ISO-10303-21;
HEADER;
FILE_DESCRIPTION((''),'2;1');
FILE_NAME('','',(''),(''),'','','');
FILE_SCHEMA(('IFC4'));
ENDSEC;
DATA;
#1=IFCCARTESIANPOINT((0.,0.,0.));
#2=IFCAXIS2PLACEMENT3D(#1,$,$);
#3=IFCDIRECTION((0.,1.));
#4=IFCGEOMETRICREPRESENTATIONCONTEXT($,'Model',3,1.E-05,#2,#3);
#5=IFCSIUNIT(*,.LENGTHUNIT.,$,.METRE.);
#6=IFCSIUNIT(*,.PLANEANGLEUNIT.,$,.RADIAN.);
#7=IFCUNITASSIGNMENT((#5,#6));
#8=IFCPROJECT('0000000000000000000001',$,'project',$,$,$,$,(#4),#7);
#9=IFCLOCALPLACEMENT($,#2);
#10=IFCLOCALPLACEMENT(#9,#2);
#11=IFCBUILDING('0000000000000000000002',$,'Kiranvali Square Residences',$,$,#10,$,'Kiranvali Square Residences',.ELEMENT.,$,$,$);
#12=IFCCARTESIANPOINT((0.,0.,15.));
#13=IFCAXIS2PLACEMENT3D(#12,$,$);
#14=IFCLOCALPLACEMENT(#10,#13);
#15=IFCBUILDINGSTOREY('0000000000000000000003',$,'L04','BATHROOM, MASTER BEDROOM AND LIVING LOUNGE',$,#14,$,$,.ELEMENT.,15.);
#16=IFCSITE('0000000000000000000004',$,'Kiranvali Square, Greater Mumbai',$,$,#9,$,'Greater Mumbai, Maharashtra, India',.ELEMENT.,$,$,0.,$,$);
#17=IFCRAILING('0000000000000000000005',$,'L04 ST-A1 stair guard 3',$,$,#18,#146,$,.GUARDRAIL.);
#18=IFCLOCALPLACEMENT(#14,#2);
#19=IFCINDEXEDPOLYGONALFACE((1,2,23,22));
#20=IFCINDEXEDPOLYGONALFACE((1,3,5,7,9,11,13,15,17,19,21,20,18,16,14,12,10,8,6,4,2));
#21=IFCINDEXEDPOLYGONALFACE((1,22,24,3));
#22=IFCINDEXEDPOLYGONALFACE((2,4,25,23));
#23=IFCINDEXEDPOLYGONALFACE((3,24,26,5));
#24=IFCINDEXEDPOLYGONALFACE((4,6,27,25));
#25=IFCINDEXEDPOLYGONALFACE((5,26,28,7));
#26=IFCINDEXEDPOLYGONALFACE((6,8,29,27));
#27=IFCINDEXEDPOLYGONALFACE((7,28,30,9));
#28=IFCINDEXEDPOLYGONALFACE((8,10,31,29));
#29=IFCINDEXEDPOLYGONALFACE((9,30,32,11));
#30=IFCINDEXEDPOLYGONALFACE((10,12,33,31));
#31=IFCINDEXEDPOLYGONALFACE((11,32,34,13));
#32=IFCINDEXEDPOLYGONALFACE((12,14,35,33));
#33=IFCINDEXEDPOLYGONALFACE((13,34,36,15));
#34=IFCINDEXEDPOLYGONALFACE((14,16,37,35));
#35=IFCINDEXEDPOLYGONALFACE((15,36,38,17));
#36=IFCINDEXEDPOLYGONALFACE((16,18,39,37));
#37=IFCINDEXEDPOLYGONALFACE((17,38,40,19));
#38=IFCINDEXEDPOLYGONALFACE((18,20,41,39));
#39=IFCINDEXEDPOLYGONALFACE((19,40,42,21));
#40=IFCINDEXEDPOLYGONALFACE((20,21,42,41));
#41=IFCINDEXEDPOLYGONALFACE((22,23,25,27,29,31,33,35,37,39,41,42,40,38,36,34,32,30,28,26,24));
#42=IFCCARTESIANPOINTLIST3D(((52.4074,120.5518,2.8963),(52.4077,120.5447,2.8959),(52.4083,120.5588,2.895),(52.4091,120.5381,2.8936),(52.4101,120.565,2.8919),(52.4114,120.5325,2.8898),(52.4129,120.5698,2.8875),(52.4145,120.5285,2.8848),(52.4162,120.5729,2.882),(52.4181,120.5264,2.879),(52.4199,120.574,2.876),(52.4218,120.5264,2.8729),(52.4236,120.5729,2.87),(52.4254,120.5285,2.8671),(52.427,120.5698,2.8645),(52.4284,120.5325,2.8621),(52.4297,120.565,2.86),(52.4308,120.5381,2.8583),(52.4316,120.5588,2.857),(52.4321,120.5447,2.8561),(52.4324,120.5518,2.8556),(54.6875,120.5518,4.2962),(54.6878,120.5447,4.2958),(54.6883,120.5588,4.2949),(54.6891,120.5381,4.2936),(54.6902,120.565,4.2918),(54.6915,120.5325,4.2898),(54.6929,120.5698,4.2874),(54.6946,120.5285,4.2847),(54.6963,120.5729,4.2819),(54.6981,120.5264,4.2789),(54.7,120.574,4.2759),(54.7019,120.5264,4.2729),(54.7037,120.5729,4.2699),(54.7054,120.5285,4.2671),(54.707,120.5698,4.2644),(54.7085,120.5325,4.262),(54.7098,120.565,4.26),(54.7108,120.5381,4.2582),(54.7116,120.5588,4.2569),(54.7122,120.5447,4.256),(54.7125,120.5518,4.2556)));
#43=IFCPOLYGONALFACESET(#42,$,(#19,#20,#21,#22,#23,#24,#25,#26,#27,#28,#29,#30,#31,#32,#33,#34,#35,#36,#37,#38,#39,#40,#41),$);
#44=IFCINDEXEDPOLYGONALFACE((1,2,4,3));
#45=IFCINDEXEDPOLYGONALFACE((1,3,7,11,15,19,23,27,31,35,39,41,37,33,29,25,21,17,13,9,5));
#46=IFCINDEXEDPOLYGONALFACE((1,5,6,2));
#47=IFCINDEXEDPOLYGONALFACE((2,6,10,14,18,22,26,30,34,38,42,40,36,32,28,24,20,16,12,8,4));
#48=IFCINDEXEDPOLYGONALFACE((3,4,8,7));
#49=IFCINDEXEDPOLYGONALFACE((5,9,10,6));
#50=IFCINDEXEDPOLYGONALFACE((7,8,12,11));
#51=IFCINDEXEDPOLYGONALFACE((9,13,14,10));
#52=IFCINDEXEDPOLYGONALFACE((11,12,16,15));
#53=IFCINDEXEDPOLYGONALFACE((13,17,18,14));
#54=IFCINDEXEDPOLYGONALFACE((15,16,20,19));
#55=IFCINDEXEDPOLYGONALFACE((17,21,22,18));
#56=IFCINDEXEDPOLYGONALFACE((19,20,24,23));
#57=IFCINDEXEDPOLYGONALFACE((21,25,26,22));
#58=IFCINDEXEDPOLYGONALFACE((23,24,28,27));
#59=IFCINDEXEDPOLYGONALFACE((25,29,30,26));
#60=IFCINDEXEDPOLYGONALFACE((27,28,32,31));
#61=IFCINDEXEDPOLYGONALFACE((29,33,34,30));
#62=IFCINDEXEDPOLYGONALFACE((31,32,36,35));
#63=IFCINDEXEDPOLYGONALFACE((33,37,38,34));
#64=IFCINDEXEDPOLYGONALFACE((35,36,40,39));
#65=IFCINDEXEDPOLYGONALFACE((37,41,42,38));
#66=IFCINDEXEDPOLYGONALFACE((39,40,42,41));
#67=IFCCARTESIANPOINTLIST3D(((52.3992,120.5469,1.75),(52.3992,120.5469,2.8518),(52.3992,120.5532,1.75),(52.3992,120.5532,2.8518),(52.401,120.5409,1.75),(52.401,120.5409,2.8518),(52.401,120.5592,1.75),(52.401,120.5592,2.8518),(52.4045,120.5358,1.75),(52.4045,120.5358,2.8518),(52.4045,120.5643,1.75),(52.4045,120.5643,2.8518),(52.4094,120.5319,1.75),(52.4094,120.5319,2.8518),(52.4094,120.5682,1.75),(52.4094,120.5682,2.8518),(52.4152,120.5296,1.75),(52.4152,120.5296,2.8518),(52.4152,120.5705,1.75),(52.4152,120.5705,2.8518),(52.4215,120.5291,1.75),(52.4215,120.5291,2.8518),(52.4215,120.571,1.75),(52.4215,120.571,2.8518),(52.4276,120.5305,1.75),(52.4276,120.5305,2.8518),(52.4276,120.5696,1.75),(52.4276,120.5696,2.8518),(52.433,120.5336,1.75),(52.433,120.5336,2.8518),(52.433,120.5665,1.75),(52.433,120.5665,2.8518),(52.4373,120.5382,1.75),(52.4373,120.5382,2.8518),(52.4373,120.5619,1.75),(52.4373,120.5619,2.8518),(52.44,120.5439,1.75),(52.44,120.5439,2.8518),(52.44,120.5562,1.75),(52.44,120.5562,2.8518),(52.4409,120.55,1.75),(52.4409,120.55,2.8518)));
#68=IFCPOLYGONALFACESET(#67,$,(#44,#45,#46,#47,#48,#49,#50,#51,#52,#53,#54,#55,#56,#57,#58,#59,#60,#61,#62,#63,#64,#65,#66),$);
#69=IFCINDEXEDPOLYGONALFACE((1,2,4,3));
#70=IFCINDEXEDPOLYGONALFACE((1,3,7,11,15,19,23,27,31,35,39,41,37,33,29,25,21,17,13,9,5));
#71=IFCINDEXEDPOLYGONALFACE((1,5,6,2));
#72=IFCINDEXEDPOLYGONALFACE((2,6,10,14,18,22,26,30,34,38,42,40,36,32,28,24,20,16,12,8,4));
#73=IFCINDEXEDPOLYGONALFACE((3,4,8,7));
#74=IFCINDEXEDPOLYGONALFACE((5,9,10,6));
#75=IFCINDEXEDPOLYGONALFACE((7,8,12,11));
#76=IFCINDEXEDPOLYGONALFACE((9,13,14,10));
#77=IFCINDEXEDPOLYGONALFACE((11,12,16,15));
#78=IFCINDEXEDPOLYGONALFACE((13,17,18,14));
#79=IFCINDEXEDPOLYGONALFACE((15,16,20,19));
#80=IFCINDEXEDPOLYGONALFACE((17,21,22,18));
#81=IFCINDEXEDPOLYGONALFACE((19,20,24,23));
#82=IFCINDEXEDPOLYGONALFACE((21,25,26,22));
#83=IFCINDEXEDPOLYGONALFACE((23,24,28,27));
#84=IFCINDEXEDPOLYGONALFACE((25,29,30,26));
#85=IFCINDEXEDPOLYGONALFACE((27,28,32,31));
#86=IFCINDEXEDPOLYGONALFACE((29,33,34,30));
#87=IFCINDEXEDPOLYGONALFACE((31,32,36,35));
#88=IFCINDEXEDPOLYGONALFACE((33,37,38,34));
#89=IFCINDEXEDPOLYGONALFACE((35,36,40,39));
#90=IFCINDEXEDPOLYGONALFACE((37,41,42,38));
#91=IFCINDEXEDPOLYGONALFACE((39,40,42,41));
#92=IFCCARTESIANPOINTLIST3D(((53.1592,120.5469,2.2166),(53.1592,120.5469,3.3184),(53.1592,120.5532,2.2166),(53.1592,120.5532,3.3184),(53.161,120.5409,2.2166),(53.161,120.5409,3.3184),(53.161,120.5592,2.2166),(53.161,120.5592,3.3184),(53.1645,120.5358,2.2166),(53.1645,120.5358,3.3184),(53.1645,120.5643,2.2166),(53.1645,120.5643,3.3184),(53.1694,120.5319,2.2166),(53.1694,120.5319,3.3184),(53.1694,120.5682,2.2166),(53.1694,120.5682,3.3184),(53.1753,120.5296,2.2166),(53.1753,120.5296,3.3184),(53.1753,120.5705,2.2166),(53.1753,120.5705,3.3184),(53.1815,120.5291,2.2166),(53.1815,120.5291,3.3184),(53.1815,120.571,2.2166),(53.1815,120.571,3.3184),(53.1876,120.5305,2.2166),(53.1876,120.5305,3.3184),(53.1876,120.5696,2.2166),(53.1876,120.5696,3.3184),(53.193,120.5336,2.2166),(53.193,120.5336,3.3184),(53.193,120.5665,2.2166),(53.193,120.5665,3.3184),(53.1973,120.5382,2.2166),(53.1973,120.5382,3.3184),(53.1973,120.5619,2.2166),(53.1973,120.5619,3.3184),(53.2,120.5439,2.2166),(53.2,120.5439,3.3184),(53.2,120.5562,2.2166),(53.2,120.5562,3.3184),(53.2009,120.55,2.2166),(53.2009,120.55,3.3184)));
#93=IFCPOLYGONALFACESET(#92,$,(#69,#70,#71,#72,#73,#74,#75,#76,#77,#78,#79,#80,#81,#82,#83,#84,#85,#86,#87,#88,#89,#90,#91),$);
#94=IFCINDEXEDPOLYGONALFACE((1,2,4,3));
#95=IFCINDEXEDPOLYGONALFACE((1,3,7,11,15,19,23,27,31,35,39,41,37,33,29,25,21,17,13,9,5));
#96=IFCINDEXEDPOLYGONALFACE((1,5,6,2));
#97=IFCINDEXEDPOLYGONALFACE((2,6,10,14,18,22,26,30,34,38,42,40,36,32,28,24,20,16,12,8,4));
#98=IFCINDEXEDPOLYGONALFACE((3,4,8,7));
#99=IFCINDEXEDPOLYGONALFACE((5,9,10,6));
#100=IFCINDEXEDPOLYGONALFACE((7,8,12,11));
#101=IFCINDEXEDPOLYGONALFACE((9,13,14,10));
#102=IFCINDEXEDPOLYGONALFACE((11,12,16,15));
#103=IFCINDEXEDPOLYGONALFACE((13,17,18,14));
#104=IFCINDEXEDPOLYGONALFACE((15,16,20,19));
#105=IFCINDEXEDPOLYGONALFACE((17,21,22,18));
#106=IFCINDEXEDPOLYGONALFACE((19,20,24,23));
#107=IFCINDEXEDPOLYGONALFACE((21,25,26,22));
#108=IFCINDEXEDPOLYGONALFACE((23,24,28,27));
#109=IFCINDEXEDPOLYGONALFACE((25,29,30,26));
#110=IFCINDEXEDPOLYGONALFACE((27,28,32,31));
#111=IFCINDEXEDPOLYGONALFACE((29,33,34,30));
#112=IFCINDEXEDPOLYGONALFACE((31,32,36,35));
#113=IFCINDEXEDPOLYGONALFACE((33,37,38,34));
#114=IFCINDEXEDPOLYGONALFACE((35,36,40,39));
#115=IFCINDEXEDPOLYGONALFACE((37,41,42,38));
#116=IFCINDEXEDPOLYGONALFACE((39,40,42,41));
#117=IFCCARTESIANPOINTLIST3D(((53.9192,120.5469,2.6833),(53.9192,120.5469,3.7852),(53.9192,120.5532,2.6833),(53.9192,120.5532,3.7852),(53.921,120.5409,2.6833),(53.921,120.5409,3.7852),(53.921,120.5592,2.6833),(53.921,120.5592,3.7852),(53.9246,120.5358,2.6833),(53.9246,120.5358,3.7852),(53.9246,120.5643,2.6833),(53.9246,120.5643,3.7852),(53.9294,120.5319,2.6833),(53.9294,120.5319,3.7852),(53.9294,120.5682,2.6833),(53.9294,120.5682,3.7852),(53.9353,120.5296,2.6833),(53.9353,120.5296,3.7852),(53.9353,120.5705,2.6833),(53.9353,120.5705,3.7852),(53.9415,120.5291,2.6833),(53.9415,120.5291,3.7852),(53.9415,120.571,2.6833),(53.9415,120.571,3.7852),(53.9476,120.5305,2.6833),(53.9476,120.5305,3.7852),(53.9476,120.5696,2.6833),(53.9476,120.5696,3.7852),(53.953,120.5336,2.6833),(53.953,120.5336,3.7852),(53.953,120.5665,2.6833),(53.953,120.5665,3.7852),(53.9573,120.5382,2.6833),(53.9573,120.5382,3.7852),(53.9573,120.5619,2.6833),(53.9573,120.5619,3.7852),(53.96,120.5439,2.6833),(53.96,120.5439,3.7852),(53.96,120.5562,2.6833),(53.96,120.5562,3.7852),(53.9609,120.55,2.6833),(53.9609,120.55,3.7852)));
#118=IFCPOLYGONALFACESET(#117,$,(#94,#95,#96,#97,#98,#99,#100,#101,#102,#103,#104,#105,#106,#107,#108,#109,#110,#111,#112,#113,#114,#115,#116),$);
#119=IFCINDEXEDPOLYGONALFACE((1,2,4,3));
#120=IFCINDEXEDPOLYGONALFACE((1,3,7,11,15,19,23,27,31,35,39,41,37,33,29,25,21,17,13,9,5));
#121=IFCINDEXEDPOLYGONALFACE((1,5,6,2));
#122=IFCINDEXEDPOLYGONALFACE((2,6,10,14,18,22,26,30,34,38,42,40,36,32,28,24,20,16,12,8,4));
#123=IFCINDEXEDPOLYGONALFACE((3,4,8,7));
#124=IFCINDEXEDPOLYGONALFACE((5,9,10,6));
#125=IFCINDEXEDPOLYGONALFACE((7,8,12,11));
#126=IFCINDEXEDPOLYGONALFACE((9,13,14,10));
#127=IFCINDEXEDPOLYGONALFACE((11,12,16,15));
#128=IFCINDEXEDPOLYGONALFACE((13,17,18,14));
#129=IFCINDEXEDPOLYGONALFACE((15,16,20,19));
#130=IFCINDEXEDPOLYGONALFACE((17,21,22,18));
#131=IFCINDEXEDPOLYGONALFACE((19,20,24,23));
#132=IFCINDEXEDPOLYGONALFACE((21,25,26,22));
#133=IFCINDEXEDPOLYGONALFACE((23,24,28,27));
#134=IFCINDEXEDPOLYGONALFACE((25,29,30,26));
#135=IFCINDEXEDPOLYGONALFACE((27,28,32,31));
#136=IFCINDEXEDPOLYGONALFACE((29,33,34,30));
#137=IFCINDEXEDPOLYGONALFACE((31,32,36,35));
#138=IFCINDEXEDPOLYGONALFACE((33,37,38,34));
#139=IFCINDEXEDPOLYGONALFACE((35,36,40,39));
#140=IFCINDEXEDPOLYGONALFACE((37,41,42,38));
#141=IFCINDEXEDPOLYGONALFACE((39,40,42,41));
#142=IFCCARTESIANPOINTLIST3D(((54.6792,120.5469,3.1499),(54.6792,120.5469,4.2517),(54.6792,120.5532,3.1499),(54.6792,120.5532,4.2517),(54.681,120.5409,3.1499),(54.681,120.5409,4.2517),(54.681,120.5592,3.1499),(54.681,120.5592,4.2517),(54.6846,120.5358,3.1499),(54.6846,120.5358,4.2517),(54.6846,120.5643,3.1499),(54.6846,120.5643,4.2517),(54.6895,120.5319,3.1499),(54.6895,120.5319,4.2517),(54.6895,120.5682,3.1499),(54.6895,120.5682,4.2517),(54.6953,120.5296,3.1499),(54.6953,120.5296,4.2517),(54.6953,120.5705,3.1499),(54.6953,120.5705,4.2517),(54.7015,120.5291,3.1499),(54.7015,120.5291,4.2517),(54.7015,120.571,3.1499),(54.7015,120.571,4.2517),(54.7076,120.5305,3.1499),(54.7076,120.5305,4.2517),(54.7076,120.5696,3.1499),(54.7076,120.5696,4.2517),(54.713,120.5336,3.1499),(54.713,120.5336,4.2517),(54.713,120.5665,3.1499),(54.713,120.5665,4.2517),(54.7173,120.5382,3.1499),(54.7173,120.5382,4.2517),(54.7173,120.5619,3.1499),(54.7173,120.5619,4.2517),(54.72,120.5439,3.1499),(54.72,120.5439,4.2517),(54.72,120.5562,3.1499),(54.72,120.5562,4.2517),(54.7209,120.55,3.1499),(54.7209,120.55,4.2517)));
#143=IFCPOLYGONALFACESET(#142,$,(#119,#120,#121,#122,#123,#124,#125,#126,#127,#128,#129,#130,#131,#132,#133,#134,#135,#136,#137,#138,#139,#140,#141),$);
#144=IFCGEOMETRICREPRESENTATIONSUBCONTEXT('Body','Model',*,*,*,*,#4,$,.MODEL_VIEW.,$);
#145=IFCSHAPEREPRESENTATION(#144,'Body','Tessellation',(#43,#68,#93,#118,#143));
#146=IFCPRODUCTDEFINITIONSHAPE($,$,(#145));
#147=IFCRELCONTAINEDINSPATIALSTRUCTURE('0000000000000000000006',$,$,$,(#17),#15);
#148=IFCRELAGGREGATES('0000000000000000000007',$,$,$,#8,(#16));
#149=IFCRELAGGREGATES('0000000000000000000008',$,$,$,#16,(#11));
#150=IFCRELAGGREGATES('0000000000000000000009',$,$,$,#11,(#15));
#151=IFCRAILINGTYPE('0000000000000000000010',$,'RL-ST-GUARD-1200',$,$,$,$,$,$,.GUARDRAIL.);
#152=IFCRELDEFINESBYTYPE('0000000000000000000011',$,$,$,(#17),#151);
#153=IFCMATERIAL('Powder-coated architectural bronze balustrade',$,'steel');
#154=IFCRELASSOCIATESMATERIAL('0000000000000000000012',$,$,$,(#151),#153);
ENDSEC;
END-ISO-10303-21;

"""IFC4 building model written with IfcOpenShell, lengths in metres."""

from ifc_helpers import new_model, si_unit, direction, frame, origin, origin_2d, place, context, subcontext, project, spatial, circle, extrude, material, type_object, element, save


model = new_model("IFC4")

# Units and contexts
model_context = context("Model", 3, precision=1e-05, world=origin(), true_north=direction((0.0, 1.0)))
body_context = subcontext(model_context, "Body", "Model", "MODEL_VIEW")
ifc_project = project(units=[si_unit("LENGTHUNIT", "METRE"), si_unit("PLANEANGLEUNIT", "RADIAN")], contexts=[model_context])

# Site, building, storey
site_placement = place(None, origin())
site = spatial("IfcSite", under=ifc_project, at=site_placement, Name="Kiranvali Square, Greater Mumbai", LongName="Greater Mumbai, Maharashtra, India", CompositionType="ELEMENT", RefElevation=0.0)
building_placement = place(site_placement, origin())
building = spatial("IfcBuilding", under=site, at=building_placement, Name="Kiranvali Square Residences", LongName="Kiranvali Square Residences", CompositionType="ELEMENT")
storey_placement = place(building_placement, frame((0.0, 0.0, 15.0)))
storey = spatial("IfcBuildingStorey", under=building, at=storey_placement, Name="L04", Description="BATHROOM, MASTER BEDROOM AND LIVING LOUNGE", CompositionType="ELEMENT", Elevation=15.0)

# Railing
ifc_material_1 = material(Name="Powder-coated architectural bronze balustrade", Category="steel")
railing_type_1 = type_object("IfcRailingType", Name="RL-ST-GUARD-1200", PredefinedType="GUARDRAIL", material=ifc_material_1)
railing_1_placement = place(storey_placement, frame((52.4199, 120.55, 1.75)))
element("IfcRailing", 1, at=railing_1_placement, inside=storey, type_object=railing_type_1, Name="L04 ST-A1 stair guard 3", PredefinedType="GUARDRAIL", context=body_context, shape_type="SweptSolid", body=[
    extrude(circle(Radius=0.0239, at=origin_2d()), frame((0.0, 0.0, 1.126), z_axis=(0.85219, 0.0, 0.523232), x_axis=(0.0, 1.0, 0.0)), (0.0, 0.0, 1.0), 2.6755),
    extrude(circle(Radius=0.021, at=origin_2d()), origin(), (0.0, 0.0, 1.0), 1.1018),
    extrude(circle(Radius=0.021, at=origin_2d()), frame((0.76, 0.0, 0.4666)), (0.0, 0.0, 1.0), 1.1018),
    extrude(circle(Radius=0.021, at=origin_2d()), frame((1.52, 0.0, 0.9333)), (0.0, 0.0, 1.0), 1.1018),
    extrude(circle(Radius=0.021, at=origin_2d()), frame((2.28, 0.0, 1.3999)), (0.0, 0.0, 1.0), 1.1018),
])

save(model, "model.ifc")
